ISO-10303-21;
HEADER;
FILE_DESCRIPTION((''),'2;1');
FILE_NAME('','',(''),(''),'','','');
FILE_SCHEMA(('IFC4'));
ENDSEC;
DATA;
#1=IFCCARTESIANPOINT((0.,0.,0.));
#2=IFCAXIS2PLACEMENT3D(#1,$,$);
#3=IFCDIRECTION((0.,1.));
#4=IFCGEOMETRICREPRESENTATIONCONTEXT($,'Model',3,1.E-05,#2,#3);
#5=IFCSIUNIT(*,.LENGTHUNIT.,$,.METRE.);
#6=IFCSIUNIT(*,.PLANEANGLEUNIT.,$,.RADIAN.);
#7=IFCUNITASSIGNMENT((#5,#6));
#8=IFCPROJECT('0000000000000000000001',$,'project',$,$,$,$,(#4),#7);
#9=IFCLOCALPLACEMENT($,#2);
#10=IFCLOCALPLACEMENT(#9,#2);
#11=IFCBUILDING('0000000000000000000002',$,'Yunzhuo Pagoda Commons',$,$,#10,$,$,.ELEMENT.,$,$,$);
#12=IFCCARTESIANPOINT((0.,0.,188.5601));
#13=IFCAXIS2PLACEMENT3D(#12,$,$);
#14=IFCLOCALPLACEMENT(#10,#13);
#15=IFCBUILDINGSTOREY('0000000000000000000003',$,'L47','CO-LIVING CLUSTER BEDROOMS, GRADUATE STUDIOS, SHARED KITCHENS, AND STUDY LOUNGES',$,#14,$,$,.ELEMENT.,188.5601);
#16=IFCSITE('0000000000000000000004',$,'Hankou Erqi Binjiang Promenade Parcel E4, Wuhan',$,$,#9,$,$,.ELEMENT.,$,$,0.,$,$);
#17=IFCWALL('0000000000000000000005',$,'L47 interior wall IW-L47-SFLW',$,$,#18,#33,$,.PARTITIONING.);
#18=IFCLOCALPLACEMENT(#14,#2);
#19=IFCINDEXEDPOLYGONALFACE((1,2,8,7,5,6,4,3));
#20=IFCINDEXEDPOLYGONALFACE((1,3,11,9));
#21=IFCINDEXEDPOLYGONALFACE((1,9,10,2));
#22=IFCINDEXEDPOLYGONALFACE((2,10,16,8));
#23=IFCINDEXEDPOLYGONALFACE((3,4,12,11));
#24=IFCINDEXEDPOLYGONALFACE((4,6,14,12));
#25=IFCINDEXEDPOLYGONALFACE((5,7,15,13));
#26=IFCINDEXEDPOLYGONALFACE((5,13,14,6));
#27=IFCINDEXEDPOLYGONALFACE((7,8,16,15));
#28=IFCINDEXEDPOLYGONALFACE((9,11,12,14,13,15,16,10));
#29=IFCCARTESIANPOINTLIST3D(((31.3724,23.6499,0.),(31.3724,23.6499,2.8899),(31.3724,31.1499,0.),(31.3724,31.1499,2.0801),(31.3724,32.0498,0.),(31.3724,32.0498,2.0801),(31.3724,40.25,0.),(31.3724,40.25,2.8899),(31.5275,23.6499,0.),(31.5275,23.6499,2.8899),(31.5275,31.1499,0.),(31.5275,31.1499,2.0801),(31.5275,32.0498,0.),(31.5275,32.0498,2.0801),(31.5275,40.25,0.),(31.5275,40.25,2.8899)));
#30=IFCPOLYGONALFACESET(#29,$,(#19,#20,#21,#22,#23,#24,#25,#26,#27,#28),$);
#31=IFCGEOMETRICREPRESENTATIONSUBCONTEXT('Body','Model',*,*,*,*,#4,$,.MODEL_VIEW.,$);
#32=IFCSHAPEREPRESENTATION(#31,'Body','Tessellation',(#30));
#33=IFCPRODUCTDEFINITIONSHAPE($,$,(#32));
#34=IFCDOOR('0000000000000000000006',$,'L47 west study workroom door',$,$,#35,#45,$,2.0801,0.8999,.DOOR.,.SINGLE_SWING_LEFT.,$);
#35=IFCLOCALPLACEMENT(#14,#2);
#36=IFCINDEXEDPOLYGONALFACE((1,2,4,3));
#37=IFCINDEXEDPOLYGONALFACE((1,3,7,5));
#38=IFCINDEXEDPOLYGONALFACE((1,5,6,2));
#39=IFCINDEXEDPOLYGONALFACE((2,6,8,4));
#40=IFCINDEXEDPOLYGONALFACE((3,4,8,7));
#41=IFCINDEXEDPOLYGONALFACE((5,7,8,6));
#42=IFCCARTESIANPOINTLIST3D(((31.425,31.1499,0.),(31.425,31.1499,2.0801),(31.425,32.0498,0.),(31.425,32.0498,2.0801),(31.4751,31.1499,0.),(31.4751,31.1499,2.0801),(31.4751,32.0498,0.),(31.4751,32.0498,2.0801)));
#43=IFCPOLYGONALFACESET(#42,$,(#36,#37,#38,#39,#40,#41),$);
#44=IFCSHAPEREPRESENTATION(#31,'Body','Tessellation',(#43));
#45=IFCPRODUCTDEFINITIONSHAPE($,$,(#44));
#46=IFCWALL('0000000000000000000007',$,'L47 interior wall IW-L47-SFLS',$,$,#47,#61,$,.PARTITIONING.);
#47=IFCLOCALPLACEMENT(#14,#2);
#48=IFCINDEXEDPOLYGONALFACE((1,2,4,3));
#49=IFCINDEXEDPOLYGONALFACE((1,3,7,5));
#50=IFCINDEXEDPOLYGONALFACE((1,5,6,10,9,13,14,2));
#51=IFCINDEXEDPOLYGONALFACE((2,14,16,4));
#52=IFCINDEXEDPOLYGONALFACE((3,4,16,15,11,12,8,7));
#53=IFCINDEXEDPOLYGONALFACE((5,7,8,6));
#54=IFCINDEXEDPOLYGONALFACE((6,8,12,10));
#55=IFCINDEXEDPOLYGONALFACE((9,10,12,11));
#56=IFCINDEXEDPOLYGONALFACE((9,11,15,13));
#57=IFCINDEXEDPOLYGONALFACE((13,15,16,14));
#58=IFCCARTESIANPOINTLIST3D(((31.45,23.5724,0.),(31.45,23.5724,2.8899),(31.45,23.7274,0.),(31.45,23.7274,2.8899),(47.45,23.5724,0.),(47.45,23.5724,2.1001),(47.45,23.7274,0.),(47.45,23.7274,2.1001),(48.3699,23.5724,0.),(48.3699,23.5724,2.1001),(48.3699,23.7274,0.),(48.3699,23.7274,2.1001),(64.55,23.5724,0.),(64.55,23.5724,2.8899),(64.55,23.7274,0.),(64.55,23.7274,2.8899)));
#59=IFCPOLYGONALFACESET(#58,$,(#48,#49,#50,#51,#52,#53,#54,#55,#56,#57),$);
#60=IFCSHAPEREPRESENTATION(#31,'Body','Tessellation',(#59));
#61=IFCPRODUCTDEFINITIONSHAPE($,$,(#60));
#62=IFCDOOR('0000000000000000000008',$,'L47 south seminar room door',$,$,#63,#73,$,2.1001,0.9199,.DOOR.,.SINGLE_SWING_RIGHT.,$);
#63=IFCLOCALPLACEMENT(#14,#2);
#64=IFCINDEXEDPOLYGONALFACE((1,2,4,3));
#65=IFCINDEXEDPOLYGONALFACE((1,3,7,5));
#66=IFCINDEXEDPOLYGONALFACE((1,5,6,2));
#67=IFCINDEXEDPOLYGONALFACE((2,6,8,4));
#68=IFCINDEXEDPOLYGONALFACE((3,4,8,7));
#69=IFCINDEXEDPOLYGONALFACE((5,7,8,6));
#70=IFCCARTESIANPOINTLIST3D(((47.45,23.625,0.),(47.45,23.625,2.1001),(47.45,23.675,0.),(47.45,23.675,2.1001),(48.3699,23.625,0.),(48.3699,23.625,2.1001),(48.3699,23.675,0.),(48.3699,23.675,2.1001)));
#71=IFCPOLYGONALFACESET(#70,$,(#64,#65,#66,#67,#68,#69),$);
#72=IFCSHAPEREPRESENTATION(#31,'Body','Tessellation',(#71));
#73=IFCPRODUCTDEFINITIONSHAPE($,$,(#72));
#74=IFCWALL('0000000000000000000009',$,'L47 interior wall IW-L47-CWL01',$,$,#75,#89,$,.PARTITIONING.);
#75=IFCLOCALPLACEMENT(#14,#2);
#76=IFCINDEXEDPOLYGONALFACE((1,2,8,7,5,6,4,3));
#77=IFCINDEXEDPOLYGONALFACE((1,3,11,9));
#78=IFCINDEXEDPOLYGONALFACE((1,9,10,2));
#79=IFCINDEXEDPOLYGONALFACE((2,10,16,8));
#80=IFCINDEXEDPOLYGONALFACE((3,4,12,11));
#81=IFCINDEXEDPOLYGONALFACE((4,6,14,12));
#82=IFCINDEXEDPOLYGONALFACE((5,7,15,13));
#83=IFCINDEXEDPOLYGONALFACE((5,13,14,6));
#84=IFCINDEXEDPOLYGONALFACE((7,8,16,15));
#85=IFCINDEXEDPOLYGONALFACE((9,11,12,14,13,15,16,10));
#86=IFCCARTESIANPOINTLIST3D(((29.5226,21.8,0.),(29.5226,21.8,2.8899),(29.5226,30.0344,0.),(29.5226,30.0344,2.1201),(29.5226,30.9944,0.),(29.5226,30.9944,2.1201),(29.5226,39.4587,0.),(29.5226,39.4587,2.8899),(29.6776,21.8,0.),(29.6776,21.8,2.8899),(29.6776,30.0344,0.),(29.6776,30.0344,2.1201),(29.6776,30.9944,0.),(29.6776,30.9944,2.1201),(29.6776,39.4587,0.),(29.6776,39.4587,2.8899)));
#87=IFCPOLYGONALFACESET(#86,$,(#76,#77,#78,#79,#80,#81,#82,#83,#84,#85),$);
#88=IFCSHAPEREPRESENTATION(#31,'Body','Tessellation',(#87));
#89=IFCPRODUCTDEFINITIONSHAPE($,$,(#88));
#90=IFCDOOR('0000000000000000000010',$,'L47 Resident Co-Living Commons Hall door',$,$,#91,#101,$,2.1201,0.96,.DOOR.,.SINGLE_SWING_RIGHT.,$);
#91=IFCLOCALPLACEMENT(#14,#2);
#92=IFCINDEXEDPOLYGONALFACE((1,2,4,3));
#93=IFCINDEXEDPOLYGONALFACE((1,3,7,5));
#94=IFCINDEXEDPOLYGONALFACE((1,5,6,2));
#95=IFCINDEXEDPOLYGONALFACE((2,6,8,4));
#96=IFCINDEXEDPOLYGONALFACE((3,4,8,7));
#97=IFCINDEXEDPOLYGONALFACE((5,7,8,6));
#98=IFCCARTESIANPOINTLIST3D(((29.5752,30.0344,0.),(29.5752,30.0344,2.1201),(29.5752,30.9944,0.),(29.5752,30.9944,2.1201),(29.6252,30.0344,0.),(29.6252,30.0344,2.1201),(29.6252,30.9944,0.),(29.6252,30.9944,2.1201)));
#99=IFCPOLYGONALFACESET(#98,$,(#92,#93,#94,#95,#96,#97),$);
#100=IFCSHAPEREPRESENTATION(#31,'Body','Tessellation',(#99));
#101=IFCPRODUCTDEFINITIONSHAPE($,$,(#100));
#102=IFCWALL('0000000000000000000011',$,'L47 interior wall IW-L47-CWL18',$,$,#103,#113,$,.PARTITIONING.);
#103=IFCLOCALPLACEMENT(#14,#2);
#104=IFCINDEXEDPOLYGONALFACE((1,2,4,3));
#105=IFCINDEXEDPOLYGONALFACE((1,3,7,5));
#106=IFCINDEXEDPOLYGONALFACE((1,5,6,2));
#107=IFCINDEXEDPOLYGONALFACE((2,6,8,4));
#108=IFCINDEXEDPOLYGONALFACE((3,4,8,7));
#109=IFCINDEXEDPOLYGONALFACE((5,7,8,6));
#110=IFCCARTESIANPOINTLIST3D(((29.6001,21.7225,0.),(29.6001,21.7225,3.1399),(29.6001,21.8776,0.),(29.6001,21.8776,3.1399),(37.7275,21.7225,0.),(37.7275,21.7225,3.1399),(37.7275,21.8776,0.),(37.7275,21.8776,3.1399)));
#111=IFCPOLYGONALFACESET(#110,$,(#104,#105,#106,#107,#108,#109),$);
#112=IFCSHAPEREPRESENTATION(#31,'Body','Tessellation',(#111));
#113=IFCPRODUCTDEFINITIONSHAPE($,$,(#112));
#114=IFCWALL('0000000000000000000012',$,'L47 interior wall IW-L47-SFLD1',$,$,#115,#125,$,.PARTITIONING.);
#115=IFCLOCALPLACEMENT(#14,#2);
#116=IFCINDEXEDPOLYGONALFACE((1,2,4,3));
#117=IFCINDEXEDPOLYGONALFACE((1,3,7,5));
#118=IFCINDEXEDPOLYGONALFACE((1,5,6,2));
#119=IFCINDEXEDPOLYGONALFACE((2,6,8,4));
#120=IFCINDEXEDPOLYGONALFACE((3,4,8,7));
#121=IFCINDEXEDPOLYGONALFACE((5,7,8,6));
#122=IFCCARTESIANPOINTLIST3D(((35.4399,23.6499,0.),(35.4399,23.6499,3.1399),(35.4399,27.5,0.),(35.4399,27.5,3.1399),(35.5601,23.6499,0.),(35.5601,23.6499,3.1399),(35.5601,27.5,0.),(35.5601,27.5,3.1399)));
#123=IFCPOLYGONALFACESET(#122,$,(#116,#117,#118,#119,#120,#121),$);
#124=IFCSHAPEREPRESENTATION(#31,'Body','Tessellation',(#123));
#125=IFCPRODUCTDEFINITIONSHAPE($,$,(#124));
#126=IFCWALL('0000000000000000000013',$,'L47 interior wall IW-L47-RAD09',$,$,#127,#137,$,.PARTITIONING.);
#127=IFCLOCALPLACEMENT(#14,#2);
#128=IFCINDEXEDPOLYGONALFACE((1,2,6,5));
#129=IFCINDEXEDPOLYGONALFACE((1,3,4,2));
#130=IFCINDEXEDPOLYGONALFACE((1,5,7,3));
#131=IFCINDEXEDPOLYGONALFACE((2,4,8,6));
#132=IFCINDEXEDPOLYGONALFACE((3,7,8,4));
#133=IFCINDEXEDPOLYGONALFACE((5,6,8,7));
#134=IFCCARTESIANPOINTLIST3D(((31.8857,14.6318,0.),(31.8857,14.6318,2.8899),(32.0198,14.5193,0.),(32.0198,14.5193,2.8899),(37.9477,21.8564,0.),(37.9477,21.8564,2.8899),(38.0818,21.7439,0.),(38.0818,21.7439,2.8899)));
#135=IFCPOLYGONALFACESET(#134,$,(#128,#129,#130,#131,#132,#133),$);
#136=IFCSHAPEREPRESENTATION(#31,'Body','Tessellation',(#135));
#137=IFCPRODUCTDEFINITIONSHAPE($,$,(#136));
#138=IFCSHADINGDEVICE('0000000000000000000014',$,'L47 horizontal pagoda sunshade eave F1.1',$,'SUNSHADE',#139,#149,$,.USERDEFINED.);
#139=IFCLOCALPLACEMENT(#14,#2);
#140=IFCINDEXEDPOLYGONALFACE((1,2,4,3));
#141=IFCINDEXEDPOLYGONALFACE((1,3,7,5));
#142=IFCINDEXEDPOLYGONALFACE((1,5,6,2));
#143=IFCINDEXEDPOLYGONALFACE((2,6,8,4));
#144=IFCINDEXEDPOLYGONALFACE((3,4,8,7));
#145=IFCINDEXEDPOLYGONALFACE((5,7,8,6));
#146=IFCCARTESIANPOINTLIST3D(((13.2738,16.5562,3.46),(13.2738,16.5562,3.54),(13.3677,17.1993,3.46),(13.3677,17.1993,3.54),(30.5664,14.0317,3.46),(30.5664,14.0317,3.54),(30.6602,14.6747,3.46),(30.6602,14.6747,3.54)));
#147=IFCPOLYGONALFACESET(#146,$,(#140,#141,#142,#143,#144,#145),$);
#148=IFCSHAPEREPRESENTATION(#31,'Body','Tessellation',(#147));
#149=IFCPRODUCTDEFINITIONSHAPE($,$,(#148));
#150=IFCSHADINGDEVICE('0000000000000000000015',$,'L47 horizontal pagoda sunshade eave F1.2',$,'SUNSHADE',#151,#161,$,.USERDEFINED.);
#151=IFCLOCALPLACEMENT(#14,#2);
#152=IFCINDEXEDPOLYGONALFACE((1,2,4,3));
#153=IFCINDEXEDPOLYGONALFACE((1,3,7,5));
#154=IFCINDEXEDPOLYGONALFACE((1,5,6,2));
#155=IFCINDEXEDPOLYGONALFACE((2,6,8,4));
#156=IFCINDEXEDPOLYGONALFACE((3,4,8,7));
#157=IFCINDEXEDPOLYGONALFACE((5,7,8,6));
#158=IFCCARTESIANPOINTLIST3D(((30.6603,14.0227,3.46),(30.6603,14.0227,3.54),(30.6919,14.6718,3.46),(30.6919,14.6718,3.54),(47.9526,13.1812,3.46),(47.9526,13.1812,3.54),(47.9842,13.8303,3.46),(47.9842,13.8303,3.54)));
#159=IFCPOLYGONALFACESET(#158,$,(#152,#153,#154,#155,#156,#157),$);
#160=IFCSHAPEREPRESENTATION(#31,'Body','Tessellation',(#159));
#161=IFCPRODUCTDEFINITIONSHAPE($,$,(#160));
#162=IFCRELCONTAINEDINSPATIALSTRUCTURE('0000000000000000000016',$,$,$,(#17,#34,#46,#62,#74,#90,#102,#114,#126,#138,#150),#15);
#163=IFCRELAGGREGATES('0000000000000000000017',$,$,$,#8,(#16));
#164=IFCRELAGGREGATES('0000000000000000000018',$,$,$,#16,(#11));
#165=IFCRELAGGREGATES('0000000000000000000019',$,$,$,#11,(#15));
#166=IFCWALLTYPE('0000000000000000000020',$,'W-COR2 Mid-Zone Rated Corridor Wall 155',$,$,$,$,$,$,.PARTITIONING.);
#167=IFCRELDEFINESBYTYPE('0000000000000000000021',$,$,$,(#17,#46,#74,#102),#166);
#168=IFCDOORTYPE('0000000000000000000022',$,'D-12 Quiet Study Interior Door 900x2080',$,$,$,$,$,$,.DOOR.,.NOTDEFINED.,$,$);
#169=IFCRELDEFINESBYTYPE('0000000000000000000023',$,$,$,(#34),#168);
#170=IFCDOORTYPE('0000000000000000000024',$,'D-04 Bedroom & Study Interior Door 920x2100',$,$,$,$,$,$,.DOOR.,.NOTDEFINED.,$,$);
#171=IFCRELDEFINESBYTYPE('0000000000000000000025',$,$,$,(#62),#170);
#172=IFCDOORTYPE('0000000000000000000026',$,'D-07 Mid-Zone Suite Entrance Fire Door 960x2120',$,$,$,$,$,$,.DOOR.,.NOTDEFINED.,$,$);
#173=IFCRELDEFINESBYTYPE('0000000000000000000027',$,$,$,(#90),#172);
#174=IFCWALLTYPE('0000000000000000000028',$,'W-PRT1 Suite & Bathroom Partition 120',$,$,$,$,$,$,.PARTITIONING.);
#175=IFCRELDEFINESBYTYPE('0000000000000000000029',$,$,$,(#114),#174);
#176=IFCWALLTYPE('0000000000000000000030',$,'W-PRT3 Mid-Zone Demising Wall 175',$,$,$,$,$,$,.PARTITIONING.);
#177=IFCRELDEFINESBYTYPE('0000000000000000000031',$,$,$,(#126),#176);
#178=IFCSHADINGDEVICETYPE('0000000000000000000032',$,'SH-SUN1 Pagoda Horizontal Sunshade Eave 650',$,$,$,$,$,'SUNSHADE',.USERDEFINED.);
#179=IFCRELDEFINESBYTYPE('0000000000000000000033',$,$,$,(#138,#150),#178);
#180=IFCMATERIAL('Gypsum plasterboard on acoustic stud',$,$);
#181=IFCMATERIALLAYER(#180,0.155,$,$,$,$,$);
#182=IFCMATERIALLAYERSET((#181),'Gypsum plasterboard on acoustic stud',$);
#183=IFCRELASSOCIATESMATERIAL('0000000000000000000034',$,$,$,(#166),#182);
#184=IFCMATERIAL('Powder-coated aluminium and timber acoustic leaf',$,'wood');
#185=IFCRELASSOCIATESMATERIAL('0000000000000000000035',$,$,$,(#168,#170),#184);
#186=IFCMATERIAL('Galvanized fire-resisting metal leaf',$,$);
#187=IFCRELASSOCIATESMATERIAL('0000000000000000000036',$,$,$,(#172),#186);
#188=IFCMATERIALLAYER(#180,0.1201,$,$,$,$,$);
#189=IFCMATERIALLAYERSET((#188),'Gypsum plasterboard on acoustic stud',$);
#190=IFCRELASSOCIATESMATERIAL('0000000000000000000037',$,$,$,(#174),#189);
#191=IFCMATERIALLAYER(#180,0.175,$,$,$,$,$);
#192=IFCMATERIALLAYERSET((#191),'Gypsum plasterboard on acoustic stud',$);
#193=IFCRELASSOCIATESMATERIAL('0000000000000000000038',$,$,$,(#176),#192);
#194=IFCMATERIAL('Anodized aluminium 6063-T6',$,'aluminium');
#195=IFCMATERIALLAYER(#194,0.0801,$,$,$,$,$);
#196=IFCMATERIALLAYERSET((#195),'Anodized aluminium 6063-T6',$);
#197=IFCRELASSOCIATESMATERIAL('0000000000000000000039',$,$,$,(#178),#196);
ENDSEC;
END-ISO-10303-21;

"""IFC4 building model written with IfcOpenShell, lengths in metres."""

from ifc_helpers import new_model, si_unit, direction, frame, frame_2d, origin, origin_with_axes, origin_2d, place, context, subcontext, project, spatial, rectangle, extrude, source, transform, mapped, material, layer, layer_set, type_object, element, fill, save


model = new_model("IFC4")

# Units and contexts
model_context = context("Model", 3, precision=1e-05, world=origin(), true_north=direction((0.0, 1.0)))
body_context = subcontext(model_context, "Body", "Model", "MODEL_VIEW")
ifc_project = project(units=[si_unit("LENGTHUNIT", "METRE"), si_unit("PLANEANGLEUNIT", "RADIAN")], contexts=[model_context])

# Site, building, storey
site_placement = place(None, origin())
site = spatial("IfcSite", under=ifc_project, at=site_placement, Name="Hankou Erqi Binjiang Promenade Parcel E4, Wuhan", CompositionType="ELEMENT", RefElevation=0.0)
building_placement = place(site_placement, origin())
building = spatial("IfcBuilding", under=site, at=building_placement, Name="Yunzhuo Pagoda Commons", CompositionType="ELEMENT")
storey_placement = place(building_placement, frame((0.0, 0.0, 188.5601)))
storey = spatial("IfcBuildingStorey", under=building, at=storey_placement, Name="L47", Description="CO-LIVING CLUSTER BEDROOMS, GRADUATE STUDIOS, SHARED KITCHENS, AND STUDY LOUNGES", CompositionType="ELEMENT", Elevation=188.5601)

# Shared definitions
ifc_material_1 = material(Name="Anodized aluminium 6063-T6", Category="aluminium")

# Walls, openings, doors
ifc_material_2 = material(Name="Gypsum plasterboard on acoustic stud")
ifc_layer_1 = layer(ifc_material_2, 0.155)
ifc_layer_set_1 = layer_set([ifc_layer_1], Name="Gypsum plasterboard on acoustic stud")
wall_type_1 = type_object("IfcWallType", Name="W-COR2 Mid-Zone Rated Corridor Wall 155", PredefinedType="PARTITIONING", material=ifc_layer_set_1)
wall_1_placement = place(storey_placement, frame((31.45, 23.6499, 0.0), z_axis=(0.0, 0.0, 1.0), x_axis=(0.0, 1.0, 0.0)))
wall_1 = element("IfcWall", 1, at=wall_1_placement, inside=storey, type_object=wall_type_1, Name="L47 interior wall IW-L47-SFLW", PredefinedType="PARTITIONING", context=body_context, shape_type="SweptSolid", body=[
    extrude(rectangle(XDim=16.6001, YDim=0.155, at=frame_2d((8.3, 0.0))), origin(), (0.0, 0.0, 1.0), 2.8899),
])
opening_1_placement = place(wall_1_placement, frame((7.5, 0.0, 0.0)))
opening_1 = element("IfcOpeningElement", 2, at=opening_1_placement, cuts=wall_1, PredefinedType="OPENING", context=body_context, shape_type="SweptSolid", body=[
    extrude(rectangle(XDim=0.8999, YDim=2.0801, at=frame_2d((0.45, 1.04))), frame((0.0, 0.0874, 0.0), z_axis=(0.0, -1.0, 0.0), x_axis=(1.0, 0.0, 0.0)), (0.0, 0.0, 1.0), 0.175),
])
ifc_material_3 = material(Name="Powder-coated aluminium and timber acoustic leaf", Category="wood")
door_type_1 = type_object("IfcDoorType", Name="D-12 Quiet Study Interior Door 900x2080", OperationType="NOTDEFINED", PredefinedType="DOOR", material=ifc_material_3)
shared_shape_1 = source(origin(), body_context, "Body", "SweptSolid", [
    extrude(rectangle(XDim=0.8999, YDim=2.0801, at=frame_2d((0.45, 1.04))), frame((0.0, 0.0249, 0.0), z_axis=(0.0, -1.0, 0.0), x_axis=(1.0, 0.0, 0.0)), (0.0, 0.0, 1.0), 0.05),
])
door_1_placement = place(opening_1_placement, origin_with_axes())
door_1 = element("IfcDoor", 3, at=door_1_placement, inside=storey, type_object=door_type_1, Name="L47 west study workroom door", OperationType="SINGLE_SWING_LEFT", OverallHeight=2.0801, OverallWidth=0.8999, PredefinedType="DOOR", context=body_context, shape_type="MappedRepresentation", body=[
    mapped(shared_shape_1, transform((0.0, 0.0, 0.0), scale=1.0)),
])
fill(opening_1, door_1)
wall_2_placement = place(storey_placement, frame((31.45, 23.6499, 0.0), z_axis=(0.0, 0.0, 1.0), x_axis=(1.0, 0.0, 0.0)))
wall_2 = element("IfcWall", 4, at=wall_2_placement, inside=storey, type_object=wall_type_1, Name="L47 interior wall IW-L47-SFLS", PredefinedType="PARTITIONING", context=body_context, shape_type="SweptSolid", body=[
    extrude(rectangle(XDim=33.1001, YDim=0.155, at=frame_2d((16.55, 0.0))), origin(), (0.0, 0.0, 1.0), 2.8899),
])
opening_2_placement = place(wall_2_placement, frame((16.0, 0.0, 0.0)))
opening_2 = element("IfcOpeningElement", 5, at=opening_2_placement, cuts=wall_2, PredefinedType="OPENING", context=body_context, shape_type="SweptSolid", body=[
    extrude(rectangle(XDim=0.9199, YDim=2.1001, at=frame_2d((0.46, 1.05))), frame((0.0, 0.0874, 0.0), z_axis=(0.0, -1.0, 0.0), x_axis=(1.0, 0.0, 0.0)), (0.0, 0.0, 1.0), 0.175),
])
door_type_2 = type_object("IfcDoorType", Name="D-04 Bedroom & Study Interior Door 920x2100", OperationType="NOTDEFINED", PredefinedType="DOOR", material=ifc_material_3)
shared_shape_2 = source(origin(), body_context, "Body", "SweptSolid", [
    extrude(rectangle(XDim=0.9199, YDim=2.1001, at=frame_2d((0.46, 1.05))), frame((0.0, 0.0249, 0.0), z_axis=(0.0, -1.0, 0.0), x_axis=(1.0, 0.0, 0.0)), (0.0, 0.0, 1.0), 0.05),
])
door_2_placement = place(opening_2_placement, frame((0.9199, 0.0, 0.0), z_axis=(0.0, 0.0, 1.0), x_axis=(-1.0, 0.0, 0.0)))
door_2 = element("IfcDoor", 6, at=door_2_placement, inside=storey, type_object=door_type_2, Name="L47 south seminar room door", OperationType="SINGLE_SWING_RIGHT", OverallHeight=2.1001, OverallWidth=0.9199, PredefinedType="DOOR", context=body_context, shape_type="MappedRepresentation", body=[
    mapped(shared_shape_2, transform((0.0, 0.0, 0.0), scale=1.0)),
])
fill(opening_2, door_2)
wall_3_placement = place(storey_placement, frame((29.6001, 21.8, 0.0), z_axis=(0.0, 0.0, 1.0), x_axis=(0.0, 1.0, 0.0)))
wall_3 = element("IfcWall", 7, at=wall_3_placement, inside=storey, type_object=wall_type_1, Name="L47 interior wall IW-L47-CWL01", PredefinedType="PARTITIONING", context=body_context, shape_type="SweptSolid", body=[
    extrude(rectangle(XDim=17.6587, YDim=0.155, at=frame_2d((8.8293, 0.0))), origin(), (0.0, 0.0, 1.0), 2.8899),
])
opening_3_placement = place(wall_3_placement, frame((8.2344, 0.0, 0.0)))
opening_3 = element("IfcOpeningElement", 8, at=opening_3_placement, cuts=wall_3, PredefinedType="OPENING", context=body_context, shape_type="SweptSolid", body=[
    extrude(rectangle(XDim=0.96, YDim=2.1201, at=frame_2d((0.48, 1.0601))), frame((0.0, 0.0874, 0.0), z_axis=(0.0, -1.0, 0.0), x_axis=(1.0, 0.0, 0.0)), (0.0, 0.0, 1.0), 0.175),
])
ifc_material_4 = material(Name="Galvanized fire-resisting metal leaf")
door_type_3 = type_object("IfcDoorType", Name="D-07 Mid-Zone Suite Entrance Fire Door 960x2120", OperationType="NOTDEFINED", PredefinedType="DOOR", material=ifc_material_4)
shared_shape_3 = source(origin(), body_context, "Body", "SweptSolid", [
    extrude(rectangle(XDim=0.96, YDim=2.1201, at=frame_2d((0.48, 1.0601))), frame((0.0, 0.0249, 0.0), z_axis=(0.0, -1.0, 0.0), x_axis=(1.0, 0.0, 0.0)), (0.0, 0.0, 1.0), 0.05),
])
door_3_placement = place(opening_3_placement, origin_with_axes())
door_3 = element("IfcDoor", 9, at=door_3_placement, inside=storey, type_object=door_type_3, Name="L47 Resident Co-Living Commons Hall door", OperationType="SINGLE_SWING_RIGHT", OverallHeight=2.1201, OverallWidth=0.96, PredefinedType="DOOR", context=body_context, shape_type="MappedRepresentation", body=[
    mapped(shared_shape_3, transform((0.0, 0.0, 0.0), scale=1.0)),
])
fill(opening_3, door_3)

# Walls
wall_4_placement = place(storey_placement, frame((37.7275, 21.8, 0.0), z_axis=(0.0, 0.0, 1.0), x_axis=(-1.0, 0.0, 0.0)))
element("IfcWall", 10, at=wall_4_placement, inside=storey, type_object=wall_type_1, Name="L47 interior wall IW-L47-CWL18", PredefinedType="PARTITIONING", context=body_context, shape_type="SweptSolid", body=[
    extrude(rectangle(XDim=8.1274, YDim=0.155, at=frame_2d((4.0637, 0.0))), origin(), (0.0, 0.0, 1.0), 3.1399),
])
ifc_layer_2 = layer(ifc_material_2, 0.1201)
ifc_layer_set_2 = layer_set([ifc_layer_2], Name="Gypsum plasterboard on acoustic stud")
wall_type_2 = type_object("IfcWallType", Name="W-PRT1 Suite & Bathroom Partition 120", PredefinedType="PARTITIONING", material=ifc_layer_set_2)
wall_5_placement = place(storey_placement, frame((35.5, 23.6499, 0.0), z_axis=(0.0, 0.0, 1.0), x_axis=(0.0, 1.0, 0.0)))
element("IfcWall", 11, at=wall_5_placement, inside=storey, type_object=wall_type_2, Name="L47 interior wall IW-L47-SFLD1", PredefinedType="PARTITIONING", context=body_context, shape_type="SweptSolid", body=[
    extrude(rectangle(XDim=3.8501, YDim=0.1201, at=frame_2d((1.925, 0.0))), origin(), (0.0, 0.0, 1.0), 3.1399),
])
ifc_layer_3 = layer(ifc_material_2, 0.175)
ifc_layer_set_3 = layer_set([ifc_layer_3], Name="Gypsum plasterboard on acoustic stud")
wall_type_3 = type_object("IfcWallType", Name="W-PRT3 Mid-Zone Demising Wall 175", PredefinedType="PARTITIONING", material=ifc_layer_set_3)
wall_6_placement = place(storey_placement, frame((38.0146, 21.8, 0.0), z_axis=(0.0, 0.0, 1.0), x_axis=(-0.642778, -0.766053, 0.0)))
element("IfcWall", 12, at=wall_6_placement, inside=storey, type_object=wall_type_3, Name="L47 interior wall IW-L47-RAD09", PredefinedType="PARTITIONING", context=body_context, shape_type="SweptSolid", body=[
    extrude(rectangle(XDim=9.4309, YDim=0.175, at=frame_2d((4.7153, 0.0))), origin(), (0.0, 0.0, 1.0), 2.8899),
])

# Shading devices
ifc_layer_4 = layer(ifc_material_1, 0.0801)
ifc_layer_set_4 = layer_set([ifc_layer_4], Name="Anodized aluminium 6063-T6")
shading_device_type = type_object("IfcShadingDeviceType", Name="SH-SUN1 Pagoda Horizontal Sunshade Eave 650", ElementType="SUNSHADE", PredefinedType="USERDEFINED", material=ifc_layer_set_4)
shared_shape_4 = source(origin(), body_context, "Body", "SweptSolid", [
    extrude(rectangle(XDim=17.4758, YDim=0.6499, at=origin_2d()), origin(), (0.0, 0.0, 1.0), 0.0801),
])
shading_device_1_placement = place(storey_placement, frame((21.967, 15.6155, 3.46), z_axis=(0.0, 0.0, 1.0), x_axis=(0.989511, -0.14446, 0.0)))
element("IfcShadingDevice", 13, at=shading_device_1_placement, inside=storey, type_object=shading_device_type, Name="L47 horizontal pagoda sunshade eave F1.1", ObjectType="SUNSHADE", PredefinedType="USERDEFINED", context=body_context, shape_type="MappedRepresentation", body=[
    mapped(shared_shape_4, transform((0.0, 0.0, 0.0), scale=1.0)),
])
shared_shape_5 = source(origin(), body_context, "Body", "SweptSolid", [
    extrude(rectangle(XDim=17.3127, YDim=0.6499, at=origin_2d()), origin(), (0.0, 0.0, 1.0), 0.0801),
])
shading_device_2_placement = place(storey_placement, frame((39.3223, 13.9265, 3.46), z_axis=(0.0, 0.0, 1.0), x_axis=(0.998818, -0.048606, 0.0)))
element("IfcShadingDevice", 14, at=shading_device_2_placement, inside=storey, type_object=shading_device_type, Name="L47 horizontal pagoda sunshade eave F1.2", ObjectType="SUNSHADE", PredefinedType="USERDEFINED", context=body_context, shape_type="MappedRepresentation", body=[
    mapped(shared_shape_5, transform((0.0, 0.0, 0.0), scale=1.0)),
])

save(model, "model.ifc")
